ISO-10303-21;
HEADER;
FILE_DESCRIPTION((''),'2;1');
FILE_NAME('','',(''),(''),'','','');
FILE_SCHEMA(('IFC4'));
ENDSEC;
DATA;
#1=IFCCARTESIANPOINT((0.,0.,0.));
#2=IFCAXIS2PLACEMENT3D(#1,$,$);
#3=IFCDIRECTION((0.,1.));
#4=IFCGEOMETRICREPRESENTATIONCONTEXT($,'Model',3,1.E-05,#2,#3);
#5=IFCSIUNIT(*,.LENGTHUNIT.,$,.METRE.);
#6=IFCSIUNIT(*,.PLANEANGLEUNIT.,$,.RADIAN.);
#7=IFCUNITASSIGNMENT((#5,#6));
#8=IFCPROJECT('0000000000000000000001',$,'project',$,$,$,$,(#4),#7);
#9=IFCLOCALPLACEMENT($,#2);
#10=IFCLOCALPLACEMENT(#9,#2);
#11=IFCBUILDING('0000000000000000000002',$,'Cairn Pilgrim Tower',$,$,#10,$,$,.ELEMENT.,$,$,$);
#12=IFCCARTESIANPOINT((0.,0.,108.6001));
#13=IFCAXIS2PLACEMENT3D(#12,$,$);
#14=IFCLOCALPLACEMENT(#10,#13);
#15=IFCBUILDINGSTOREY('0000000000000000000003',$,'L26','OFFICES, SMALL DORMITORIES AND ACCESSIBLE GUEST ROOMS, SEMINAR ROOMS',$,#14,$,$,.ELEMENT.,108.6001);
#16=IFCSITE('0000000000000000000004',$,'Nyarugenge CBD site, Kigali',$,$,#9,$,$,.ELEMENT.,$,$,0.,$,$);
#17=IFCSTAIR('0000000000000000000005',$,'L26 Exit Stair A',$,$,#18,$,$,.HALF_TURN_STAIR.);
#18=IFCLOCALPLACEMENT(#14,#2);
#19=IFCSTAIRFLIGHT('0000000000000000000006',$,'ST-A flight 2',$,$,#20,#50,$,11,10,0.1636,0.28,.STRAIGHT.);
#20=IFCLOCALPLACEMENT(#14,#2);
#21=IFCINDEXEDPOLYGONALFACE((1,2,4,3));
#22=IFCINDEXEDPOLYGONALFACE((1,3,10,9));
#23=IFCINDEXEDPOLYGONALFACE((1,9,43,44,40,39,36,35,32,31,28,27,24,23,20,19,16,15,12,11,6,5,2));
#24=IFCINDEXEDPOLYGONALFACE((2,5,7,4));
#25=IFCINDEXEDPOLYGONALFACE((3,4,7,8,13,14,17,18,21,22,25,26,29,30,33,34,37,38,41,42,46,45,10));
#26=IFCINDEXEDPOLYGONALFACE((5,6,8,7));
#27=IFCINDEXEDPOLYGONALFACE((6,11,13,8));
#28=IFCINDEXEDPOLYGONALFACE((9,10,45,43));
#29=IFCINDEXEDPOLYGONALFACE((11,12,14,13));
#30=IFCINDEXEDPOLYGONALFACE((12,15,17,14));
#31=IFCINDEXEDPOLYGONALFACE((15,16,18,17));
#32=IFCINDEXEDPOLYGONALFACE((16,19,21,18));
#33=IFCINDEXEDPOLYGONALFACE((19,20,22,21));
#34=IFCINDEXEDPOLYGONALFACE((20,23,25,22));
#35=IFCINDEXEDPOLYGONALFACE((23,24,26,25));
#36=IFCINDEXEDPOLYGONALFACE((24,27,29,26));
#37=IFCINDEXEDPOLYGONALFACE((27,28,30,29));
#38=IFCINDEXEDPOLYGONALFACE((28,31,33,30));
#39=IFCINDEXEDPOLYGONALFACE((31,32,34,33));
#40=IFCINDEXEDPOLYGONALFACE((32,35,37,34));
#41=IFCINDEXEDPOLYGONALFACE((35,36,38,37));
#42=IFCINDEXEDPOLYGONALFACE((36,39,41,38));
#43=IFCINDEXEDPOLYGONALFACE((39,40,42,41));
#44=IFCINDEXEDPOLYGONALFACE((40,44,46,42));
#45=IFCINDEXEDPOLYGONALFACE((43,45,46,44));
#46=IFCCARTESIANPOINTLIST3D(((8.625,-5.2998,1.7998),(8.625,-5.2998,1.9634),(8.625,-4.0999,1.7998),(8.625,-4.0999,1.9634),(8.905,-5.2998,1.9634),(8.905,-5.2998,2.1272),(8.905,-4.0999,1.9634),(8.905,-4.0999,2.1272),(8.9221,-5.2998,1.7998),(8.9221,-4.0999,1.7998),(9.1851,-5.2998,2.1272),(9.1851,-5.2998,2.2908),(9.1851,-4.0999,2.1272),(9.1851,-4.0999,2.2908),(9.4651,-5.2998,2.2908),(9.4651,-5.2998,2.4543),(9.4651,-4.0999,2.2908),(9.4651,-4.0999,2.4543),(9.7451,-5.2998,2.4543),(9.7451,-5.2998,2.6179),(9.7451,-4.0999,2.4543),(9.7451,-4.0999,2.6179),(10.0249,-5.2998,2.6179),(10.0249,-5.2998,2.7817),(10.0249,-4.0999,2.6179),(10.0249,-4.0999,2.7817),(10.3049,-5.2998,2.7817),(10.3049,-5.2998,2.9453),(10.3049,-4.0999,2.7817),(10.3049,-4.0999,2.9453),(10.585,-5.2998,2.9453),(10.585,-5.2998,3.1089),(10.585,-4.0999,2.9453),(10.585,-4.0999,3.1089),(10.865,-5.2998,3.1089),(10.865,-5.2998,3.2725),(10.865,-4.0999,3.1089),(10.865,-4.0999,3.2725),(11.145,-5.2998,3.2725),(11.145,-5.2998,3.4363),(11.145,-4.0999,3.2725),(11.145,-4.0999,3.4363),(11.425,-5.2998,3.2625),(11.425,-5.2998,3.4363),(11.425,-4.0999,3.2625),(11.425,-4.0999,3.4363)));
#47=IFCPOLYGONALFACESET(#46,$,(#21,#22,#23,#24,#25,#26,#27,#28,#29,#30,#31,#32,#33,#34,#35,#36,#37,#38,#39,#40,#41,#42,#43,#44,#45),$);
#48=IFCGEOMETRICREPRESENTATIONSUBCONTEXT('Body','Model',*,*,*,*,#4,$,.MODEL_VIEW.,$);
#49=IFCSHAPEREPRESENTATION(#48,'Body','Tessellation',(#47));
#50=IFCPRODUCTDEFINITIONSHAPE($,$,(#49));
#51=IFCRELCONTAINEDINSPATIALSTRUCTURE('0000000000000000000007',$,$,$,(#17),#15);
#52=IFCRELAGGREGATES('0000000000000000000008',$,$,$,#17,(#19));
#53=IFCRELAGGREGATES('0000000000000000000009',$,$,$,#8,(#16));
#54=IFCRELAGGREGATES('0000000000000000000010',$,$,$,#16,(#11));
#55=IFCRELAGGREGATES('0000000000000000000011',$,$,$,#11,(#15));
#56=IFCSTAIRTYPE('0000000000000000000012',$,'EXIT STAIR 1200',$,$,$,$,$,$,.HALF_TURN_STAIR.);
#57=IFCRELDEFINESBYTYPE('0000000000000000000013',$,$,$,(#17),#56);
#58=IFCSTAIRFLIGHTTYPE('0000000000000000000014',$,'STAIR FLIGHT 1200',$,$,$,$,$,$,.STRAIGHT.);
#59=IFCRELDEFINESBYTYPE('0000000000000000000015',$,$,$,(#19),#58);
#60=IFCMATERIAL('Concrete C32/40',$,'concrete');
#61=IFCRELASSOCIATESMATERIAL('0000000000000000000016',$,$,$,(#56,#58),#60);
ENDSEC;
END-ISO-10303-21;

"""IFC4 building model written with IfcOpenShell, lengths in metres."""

from ifc_helpers import new_model, si_unit, direction, frame, origin, place, context, subcontext, project, spatial, polyline, outline, extrude, material, type_object, element, aggregate, save


model = new_model("IFC4")

# Units and contexts
model_context = context("Model", 3, precision=1e-05, world=origin(), true_north=direction((0.0, 1.0)))
body_context = subcontext(model_context, "Body", "Model", "MODEL_VIEW")
ifc_project = project(units=[si_unit("LENGTHUNIT", "METRE"), si_unit("PLANEANGLEUNIT", "RADIAN")], contexts=[model_context])

# Site, building, storey
site_placement = place(None, origin())
site = spatial("IfcSite", under=ifc_project, at=site_placement, Name="Nyarugenge CBD site, Kigali", CompositionType="ELEMENT", RefElevation=0.0)
building_placement = place(site_placement, origin())
building = spatial("IfcBuilding", under=site, at=building_placement, Name="Cairn Pilgrim Tower", CompositionType="ELEMENT")
storey_placement = place(building_placement, frame((0.0, 0.0, 108.6001)))
storey = spatial("IfcBuildingStorey", under=building, at=storey_placement, Name="L26", Description="OFFICES, SMALL DORMITORIES AND ACCESSIBLE GUEST ROOMS, SEMINAR ROOMS", CompositionType="ELEMENT", Elevation=108.6001)

# Shared definitions
ifc_material_1 = material(Name="Concrete C32/40", Category="concrete")

# Stair, stair flight
stair_type = type_object("IfcStairType", Name="EXIT STAIR 1200", PredefinedType="HALF_TURN_STAIR", material=ifc_material_1)
stair_placement = place(storey_placement, origin())
stair = element("IfcStair", 1, at=stair_placement, inside=storey, type_object=stair_type, Name="L26 Exit Stair A", PredefinedType="HALF_TURN_STAIR")
stair_flight_type = type_object("IfcStairFlightType", Name="STAIR FLIGHT 1200", PredefinedType="STRAIGHT", material=ifc_material_1)
stair_flight_1_placement = place(storey_placement, frame((8.625, -4.7, 1.7998), z_axis=(0.0, 0.0, 1.0), x_axis=(1.0, 0.0, 0.0)))
stair_flight_1 = element("IfcStairFlight", 2, at=stair_flight_1_placement, type_object=stair_flight_type, Name="ST-A flight 2", NumberOfRisers=11, NumberOfTreads=10, PredefinedType="STRAIGHT", RiserHeight=0.1636, TreadLength=0.28, context=body_context, shape_type="SweptSolid", body=[
    extrude(outline(polyline([(0.0, 0.0), (0.0, 0.1636), (0.28, 0.1636), (0.28, 0.3274), (0.5601, 0.3274), (0.5601, 0.491), (0.8401, 0.491), (0.8401, 0.6545), (1.1201, 0.6545), (1.1201, 0.8181), (1.3999, 0.8181), (1.3999, 0.9819), (1.6799, 0.9819), (1.6799, 1.1455), (1.96, 1.1455), (1.96, 1.3091), (2.24, 1.3091), (2.24, 1.4727), (2.52, 1.4727), (2.52, 1.6365), (2.8, 1.6365), (2.8, 1.8), (2.8, 1.4626), (0.2971, 0.0), (0.0, 0.0)])), frame((0.0, 0.6001, 0.0), z_axis=(0.0, -1.0, 0.0), x_axis=(1.0, 0.0, 0.0)), (0.0, 0.0, 1.0), 1.2),
])
aggregate(stair, [stair_flight_1])

save(model, "model.ifc")
